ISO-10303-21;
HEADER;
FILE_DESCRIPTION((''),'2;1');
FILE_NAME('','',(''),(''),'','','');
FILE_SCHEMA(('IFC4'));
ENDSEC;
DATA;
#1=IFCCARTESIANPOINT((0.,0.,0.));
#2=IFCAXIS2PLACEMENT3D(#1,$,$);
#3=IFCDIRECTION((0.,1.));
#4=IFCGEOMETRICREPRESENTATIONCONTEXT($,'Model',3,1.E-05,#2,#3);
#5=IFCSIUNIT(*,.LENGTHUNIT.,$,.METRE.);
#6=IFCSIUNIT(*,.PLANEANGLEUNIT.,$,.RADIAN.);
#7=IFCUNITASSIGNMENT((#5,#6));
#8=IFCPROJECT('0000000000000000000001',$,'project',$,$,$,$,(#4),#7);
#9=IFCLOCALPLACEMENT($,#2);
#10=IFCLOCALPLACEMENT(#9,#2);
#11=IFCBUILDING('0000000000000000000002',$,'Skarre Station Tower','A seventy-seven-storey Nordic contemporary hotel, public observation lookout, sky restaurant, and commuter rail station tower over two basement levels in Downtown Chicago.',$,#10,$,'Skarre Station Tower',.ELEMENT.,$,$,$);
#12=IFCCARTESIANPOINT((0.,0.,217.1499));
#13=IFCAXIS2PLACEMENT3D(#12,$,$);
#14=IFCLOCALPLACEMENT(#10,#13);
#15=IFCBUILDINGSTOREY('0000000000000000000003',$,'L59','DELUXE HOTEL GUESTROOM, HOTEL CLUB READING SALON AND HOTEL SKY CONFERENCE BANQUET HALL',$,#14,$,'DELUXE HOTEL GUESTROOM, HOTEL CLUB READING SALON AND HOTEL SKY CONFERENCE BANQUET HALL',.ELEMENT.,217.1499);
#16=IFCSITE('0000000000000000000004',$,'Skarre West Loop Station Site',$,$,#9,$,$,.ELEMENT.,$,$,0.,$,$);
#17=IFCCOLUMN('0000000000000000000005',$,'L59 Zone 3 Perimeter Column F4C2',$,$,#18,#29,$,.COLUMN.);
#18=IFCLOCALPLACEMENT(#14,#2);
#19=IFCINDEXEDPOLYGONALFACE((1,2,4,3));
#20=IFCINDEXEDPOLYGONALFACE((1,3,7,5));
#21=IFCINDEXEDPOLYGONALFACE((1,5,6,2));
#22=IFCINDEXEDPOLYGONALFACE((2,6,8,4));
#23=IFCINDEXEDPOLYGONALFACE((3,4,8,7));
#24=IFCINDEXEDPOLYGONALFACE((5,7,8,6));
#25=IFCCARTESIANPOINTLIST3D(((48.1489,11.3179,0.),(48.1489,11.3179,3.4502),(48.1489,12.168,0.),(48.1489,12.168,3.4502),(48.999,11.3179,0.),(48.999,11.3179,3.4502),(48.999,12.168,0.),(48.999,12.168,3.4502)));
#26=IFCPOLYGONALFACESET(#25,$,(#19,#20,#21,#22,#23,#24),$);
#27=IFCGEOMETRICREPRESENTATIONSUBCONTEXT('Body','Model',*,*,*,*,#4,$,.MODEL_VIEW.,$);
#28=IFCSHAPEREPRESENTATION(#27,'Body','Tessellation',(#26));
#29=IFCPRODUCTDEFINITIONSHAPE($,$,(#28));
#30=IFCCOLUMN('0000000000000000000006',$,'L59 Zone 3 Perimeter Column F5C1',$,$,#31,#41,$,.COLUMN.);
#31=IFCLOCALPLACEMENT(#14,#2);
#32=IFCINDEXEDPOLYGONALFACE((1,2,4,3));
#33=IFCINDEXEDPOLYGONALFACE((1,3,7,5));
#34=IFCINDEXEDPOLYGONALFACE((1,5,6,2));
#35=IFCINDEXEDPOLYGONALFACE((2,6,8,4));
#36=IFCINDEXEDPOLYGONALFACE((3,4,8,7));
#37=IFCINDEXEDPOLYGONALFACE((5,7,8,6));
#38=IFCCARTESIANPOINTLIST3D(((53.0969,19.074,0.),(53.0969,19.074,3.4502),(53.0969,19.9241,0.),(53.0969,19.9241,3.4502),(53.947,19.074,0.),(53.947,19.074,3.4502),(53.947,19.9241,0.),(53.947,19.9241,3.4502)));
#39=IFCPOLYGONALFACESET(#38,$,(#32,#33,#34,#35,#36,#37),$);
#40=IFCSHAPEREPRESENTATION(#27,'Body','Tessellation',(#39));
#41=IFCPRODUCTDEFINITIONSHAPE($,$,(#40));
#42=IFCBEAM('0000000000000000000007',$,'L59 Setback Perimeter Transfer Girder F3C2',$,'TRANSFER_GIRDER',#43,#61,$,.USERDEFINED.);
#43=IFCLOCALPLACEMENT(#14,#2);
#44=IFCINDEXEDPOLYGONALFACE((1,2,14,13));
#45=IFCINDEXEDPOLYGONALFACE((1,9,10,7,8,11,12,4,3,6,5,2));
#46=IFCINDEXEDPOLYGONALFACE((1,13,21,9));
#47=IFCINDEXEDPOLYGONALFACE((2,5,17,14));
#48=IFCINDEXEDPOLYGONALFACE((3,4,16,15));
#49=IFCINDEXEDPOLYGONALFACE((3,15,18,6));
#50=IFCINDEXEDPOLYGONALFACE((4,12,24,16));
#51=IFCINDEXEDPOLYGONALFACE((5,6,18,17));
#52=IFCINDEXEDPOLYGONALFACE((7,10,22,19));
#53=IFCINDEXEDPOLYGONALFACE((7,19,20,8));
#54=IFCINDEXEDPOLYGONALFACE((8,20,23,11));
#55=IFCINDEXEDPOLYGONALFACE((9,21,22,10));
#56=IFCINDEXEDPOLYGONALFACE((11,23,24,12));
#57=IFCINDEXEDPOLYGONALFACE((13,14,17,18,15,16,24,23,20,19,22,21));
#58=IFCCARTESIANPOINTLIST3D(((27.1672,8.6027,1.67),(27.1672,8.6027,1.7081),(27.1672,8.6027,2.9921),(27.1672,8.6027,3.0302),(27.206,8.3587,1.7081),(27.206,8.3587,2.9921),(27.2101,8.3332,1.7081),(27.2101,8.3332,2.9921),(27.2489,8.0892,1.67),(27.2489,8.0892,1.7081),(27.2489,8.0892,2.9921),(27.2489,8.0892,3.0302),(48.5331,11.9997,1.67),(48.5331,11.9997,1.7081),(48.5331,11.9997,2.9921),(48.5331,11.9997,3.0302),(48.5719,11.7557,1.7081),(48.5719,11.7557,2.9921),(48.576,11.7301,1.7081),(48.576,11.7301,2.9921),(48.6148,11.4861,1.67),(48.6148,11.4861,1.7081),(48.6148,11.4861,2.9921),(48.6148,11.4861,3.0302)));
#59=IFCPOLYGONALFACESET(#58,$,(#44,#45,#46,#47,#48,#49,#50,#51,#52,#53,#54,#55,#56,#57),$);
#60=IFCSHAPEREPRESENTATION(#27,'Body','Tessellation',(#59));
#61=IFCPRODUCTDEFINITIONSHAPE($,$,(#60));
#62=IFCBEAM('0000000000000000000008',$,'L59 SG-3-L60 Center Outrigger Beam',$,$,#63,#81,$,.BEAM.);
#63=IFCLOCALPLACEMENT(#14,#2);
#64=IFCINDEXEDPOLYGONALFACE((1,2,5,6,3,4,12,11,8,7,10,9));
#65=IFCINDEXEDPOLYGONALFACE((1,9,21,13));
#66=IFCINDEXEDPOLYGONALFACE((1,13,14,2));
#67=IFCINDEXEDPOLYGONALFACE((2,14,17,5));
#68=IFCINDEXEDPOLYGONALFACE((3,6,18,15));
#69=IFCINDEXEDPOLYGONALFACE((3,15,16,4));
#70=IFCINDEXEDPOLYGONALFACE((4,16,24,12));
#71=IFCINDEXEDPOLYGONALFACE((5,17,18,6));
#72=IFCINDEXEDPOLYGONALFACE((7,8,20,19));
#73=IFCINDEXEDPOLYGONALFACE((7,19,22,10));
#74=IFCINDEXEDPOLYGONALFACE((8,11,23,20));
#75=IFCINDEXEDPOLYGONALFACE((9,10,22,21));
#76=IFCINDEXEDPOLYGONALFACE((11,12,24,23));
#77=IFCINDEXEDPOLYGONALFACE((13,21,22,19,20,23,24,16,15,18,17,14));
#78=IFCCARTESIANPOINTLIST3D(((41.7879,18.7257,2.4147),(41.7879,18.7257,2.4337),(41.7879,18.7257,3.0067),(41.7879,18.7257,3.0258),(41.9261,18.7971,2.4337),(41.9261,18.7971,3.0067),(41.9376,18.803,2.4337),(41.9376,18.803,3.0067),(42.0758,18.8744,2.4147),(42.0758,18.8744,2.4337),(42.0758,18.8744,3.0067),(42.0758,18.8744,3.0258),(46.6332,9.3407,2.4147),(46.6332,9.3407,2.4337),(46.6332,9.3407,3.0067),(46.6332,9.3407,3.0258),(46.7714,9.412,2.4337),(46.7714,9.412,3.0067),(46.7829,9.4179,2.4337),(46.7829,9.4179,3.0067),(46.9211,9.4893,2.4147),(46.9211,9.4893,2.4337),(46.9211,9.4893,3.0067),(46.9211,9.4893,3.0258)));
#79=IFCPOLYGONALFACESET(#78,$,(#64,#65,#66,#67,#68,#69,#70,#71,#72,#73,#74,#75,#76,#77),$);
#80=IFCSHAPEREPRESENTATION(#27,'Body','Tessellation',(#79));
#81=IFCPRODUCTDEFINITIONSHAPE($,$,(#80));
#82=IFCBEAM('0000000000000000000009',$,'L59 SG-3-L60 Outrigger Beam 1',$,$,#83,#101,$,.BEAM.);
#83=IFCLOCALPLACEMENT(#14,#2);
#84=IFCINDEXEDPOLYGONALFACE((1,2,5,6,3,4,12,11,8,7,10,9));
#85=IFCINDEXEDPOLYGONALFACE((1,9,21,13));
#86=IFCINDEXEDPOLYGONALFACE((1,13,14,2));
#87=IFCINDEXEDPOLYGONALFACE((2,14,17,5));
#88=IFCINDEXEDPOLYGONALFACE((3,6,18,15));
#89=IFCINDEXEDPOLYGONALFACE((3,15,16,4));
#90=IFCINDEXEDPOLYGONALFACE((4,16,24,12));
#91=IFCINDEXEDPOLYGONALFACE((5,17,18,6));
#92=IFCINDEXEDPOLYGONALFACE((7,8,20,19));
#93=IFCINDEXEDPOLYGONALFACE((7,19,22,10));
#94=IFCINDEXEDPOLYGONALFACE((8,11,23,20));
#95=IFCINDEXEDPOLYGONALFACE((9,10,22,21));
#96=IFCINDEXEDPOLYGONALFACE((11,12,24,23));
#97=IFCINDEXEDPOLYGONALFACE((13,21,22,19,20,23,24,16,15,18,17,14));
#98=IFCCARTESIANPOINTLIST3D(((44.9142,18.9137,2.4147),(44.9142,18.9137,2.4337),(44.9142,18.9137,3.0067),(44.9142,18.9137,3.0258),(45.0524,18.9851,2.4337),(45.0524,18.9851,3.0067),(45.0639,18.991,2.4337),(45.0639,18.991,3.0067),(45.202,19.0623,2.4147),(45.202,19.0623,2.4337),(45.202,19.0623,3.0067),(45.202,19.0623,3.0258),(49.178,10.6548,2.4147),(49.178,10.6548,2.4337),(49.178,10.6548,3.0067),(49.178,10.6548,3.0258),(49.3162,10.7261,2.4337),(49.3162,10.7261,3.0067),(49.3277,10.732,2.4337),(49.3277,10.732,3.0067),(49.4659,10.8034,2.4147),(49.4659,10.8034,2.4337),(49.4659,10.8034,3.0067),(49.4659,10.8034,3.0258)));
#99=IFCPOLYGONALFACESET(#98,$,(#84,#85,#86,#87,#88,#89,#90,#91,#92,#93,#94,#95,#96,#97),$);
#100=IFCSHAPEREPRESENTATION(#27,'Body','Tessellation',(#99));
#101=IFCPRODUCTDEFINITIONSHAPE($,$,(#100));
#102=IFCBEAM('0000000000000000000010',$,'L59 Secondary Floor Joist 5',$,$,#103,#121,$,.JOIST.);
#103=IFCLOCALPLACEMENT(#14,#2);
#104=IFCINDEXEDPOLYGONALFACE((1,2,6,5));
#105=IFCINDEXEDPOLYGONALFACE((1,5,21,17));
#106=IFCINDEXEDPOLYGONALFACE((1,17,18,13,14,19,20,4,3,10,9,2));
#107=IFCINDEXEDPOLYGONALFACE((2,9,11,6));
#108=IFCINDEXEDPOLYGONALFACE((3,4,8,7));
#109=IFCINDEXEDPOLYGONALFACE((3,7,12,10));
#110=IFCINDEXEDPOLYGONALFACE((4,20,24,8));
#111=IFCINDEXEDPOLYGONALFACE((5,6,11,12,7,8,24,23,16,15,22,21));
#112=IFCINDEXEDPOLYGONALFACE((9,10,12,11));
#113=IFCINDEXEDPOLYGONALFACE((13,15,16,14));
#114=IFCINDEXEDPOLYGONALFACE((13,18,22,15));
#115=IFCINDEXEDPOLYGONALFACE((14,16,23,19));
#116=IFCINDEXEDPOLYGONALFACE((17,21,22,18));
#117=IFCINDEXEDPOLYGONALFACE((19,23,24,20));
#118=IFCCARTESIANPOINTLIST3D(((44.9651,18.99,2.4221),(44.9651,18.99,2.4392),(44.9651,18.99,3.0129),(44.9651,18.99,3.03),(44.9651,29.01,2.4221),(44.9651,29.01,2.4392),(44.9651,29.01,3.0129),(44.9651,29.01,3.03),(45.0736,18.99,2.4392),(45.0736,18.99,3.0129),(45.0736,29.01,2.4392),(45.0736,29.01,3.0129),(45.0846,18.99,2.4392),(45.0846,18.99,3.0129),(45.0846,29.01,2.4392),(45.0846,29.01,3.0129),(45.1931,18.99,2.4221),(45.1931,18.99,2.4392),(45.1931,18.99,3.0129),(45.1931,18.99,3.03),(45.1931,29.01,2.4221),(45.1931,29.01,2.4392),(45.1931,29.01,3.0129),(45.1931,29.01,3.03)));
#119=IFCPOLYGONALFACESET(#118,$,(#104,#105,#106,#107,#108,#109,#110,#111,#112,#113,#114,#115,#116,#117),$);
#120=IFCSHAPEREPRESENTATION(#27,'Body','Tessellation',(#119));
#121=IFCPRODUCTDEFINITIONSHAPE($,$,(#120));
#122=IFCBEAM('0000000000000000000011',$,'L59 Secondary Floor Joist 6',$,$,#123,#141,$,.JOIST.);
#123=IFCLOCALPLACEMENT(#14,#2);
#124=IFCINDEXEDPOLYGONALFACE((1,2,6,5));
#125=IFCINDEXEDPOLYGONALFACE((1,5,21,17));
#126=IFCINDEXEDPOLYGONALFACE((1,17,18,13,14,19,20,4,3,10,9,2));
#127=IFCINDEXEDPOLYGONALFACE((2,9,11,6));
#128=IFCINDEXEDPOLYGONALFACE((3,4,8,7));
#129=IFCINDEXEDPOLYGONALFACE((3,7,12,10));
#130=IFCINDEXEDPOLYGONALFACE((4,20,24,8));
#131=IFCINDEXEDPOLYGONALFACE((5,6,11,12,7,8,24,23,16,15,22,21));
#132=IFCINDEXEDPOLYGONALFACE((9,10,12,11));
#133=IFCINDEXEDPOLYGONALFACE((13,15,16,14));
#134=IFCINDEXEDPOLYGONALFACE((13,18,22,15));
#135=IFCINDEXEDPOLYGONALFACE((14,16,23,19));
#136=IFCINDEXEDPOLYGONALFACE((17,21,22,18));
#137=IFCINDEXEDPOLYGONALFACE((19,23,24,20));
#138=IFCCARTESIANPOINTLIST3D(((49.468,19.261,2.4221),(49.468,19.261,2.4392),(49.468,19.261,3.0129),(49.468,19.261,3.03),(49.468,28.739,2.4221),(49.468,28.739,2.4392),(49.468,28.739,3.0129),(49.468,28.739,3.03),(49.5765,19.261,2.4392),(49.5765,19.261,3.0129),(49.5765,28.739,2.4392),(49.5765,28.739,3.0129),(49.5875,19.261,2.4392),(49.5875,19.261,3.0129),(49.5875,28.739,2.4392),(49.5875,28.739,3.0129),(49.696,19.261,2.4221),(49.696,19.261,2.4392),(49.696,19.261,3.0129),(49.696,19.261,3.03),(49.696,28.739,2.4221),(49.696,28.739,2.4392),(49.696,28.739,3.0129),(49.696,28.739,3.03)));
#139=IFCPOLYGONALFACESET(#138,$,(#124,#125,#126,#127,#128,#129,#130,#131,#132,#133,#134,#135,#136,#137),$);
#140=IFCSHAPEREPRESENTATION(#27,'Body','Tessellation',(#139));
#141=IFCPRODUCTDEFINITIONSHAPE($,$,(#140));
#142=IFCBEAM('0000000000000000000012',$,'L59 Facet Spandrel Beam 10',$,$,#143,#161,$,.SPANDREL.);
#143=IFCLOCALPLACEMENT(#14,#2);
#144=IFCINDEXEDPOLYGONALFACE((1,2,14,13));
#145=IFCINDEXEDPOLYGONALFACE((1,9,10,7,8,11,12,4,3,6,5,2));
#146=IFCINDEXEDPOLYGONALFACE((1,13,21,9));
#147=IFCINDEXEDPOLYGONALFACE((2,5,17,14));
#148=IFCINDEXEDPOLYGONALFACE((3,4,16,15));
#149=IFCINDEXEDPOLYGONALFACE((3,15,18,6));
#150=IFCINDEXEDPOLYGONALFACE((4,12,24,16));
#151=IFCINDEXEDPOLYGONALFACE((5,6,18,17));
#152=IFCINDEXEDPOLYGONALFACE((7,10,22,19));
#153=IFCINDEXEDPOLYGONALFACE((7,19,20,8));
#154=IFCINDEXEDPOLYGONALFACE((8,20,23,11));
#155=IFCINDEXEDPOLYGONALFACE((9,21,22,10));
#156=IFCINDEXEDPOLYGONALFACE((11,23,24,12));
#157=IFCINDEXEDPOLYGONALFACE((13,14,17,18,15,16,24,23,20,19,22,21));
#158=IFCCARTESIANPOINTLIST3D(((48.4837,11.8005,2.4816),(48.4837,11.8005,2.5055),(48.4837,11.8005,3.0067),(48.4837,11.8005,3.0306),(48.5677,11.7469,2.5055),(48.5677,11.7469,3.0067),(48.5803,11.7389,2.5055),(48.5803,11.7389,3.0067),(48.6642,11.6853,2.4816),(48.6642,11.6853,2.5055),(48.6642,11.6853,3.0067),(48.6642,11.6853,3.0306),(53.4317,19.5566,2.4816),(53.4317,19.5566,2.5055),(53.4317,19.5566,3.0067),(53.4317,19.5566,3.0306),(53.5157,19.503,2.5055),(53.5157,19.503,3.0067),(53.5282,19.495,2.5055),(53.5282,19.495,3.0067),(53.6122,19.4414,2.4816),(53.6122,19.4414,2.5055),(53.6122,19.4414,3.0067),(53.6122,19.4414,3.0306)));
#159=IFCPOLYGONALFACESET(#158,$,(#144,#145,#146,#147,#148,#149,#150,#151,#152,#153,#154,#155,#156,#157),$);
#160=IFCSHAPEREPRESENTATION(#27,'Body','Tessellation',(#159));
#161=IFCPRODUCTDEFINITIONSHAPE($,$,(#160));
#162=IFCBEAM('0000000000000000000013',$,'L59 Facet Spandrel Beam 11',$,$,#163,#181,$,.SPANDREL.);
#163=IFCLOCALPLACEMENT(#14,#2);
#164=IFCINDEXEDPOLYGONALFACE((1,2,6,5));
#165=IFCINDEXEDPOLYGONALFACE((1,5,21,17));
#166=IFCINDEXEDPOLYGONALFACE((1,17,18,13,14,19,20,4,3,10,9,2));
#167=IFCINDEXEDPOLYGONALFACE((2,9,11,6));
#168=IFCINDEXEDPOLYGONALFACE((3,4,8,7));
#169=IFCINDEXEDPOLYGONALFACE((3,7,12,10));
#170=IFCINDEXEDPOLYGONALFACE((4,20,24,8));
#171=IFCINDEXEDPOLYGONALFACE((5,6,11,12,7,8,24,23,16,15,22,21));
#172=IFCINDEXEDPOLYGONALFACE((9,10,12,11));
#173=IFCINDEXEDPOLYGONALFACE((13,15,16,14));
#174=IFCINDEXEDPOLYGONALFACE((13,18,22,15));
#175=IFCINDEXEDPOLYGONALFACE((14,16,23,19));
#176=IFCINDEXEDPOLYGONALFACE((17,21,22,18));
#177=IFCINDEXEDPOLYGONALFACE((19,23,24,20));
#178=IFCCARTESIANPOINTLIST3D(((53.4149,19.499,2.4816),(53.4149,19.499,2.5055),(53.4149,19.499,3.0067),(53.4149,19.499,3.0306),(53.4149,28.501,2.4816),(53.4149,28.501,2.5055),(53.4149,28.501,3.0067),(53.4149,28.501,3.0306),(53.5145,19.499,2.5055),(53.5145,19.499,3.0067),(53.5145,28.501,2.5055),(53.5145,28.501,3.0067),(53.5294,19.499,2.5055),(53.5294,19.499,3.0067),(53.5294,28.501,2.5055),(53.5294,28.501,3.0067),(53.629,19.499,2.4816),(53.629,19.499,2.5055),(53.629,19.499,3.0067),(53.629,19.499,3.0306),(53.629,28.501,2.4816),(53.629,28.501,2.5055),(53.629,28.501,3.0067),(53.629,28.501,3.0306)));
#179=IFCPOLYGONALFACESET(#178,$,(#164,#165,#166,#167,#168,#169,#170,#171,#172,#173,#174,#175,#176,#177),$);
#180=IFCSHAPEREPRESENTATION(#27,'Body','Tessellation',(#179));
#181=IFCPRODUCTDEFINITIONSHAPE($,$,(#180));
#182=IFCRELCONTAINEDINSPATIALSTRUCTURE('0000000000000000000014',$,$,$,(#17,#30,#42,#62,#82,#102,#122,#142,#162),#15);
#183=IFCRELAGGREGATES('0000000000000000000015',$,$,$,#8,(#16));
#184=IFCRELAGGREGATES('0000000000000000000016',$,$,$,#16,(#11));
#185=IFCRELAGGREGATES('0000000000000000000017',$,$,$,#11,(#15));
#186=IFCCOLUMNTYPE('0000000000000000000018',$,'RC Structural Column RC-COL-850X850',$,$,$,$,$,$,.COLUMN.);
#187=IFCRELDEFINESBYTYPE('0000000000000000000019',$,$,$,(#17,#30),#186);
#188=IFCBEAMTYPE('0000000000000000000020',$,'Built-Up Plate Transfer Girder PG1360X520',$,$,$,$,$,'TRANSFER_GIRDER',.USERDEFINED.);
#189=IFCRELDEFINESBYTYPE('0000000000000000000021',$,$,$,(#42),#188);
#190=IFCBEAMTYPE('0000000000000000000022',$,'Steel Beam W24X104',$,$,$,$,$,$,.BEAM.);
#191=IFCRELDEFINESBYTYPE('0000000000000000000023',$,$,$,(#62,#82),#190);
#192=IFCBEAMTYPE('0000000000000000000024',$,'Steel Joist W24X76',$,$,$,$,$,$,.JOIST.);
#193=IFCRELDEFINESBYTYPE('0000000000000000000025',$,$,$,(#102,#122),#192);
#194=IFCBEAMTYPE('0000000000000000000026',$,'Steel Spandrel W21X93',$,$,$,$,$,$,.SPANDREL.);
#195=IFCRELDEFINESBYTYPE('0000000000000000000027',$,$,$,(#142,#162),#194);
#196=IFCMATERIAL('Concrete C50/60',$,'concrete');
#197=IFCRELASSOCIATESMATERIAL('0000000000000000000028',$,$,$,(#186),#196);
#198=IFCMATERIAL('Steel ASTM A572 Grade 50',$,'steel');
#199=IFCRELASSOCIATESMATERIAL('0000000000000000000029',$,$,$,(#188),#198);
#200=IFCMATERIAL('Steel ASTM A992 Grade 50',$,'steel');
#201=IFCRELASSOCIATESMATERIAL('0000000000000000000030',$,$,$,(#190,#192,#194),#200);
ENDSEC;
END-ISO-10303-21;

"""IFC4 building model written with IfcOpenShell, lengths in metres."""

from ifc_helpers import new_model, si_unit, direction, frame, origin, origin_2d, place, context, subcontext, project, spatial, rectangle, i_section, extrude, material, material_profile, profile_set, type_object, element, save


model = new_model("IFC4")

# Units and contexts
model_context = context("Model", 3, precision=1e-05, world=origin(), true_north=direction((0.0, 1.0)))
body_context = subcontext(model_context, "Body", "Model", "MODEL_VIEW")
ifc_project = project(units=[si_unit("LENGTHUNIT", "METRE"), si_unit("PLANEANGLEUNIT", "RADIAN")], contexts=[model_context])

# Site, building, storey
site_placement = place(None, origin())
site = spatial("IfcSite", under=ifc_project, at=site_placement, Name="Skarre West Loop Station Site", CompositionType="ELEMENT", RefElevation=0.0)
building_placement = place(site_placement, origin())
building = spatial("IfcBuilding", under=site, at=building_placement, Name="Skarre Station Tower", Description="A seventy-seven-storey Nordic contemporary hotel, public observation lookout, sky restaurant, and commuter rail station tower over two basement levels in Downtown Chicago.", LongName="Skarre Station Tower", CompositionType="ELEMENT")
storey_placement = place(building_placement, frame((0.0, 0.0, 217.1499)))
storey = spatial("IfcBuildingStorey", under=building, at=storey_placement, Name="L59", Description="DELUXE HOTEL GUESTROOM, HOTEL CLUB READING SALON AND HOTEL SKY CONFERENCE BANQUET HALL", LongName="DELUXE HOTEL GUESTROOM, HOTEL CLUB READING SALON AND HOTEL SKY CONFERENCE BANQUET HALL", CompositionType="ELEMENT", Elevation=217.1499)

# Columns
ifc_material_1 = material(Name="Concrete C50/60", Category="concrete")
ifc_material_profile_1 = material_profile(ifc_material_1, rectangle(XDim=0.8501, YDim=0.8501, at=origin_2d()), Name="Concrete C50/60")
ifc_profile_set_1 = profile_set([ifc_material_profile_1], Name="Concrete C50/60")
column_type = type_object("IfcColumnType", Name="RC Structural Column RC-COL-850X850", PredefinedType="COLUMN", material=ifc_profile_set_1)
for number, where, z_axis, x_axis, name in (
    (1, (48.574, 11.7429, 0.0), (0.0, 0.0, 1.0), (1.0, 0.0, 0.0), "L59 Zone 3 Perimeter Column F4C2"),
    (2, (53.522, 19.499, 0.0), (0.0, 0.0, 1.0), (1.0, 0.0, 0.0), "L59 Zone 3 Perimeter Column F5C1"),
):
    element("IfcColumn", number, at=place(storey_placement, frame(where, z_axis=z_axis, x_axis=x_axis)), inside=storey, type_object=column_type, Name=name, PredefinedType="COLUMN", context=body_context, shape_type="SweptSolid", body=[
        extrude(rectangle(XDim=0.8501, YDim=0.8501, at=origin_2d()), origin(), (0.0, 0.0, 1.0), 3.4502),
    ])

# Beams
ifc_material_2 = material(Name="Steel ASTM A572 Grade 50", Category="steel")
ifc_material_profile_2 = material_profile(ifc_material_2, i_section(OverallWidth=0.52, OverallDepth=1.3601, WebThickness=0.0259, FlangeThickness=0.0381, at=origin_2d()), Name="Steel ASTM A572 Grade 50")
ifc_profile_set_2 = profile_set([ifc_material_profile_2], Name="Steel ASTM A572 Grade 50")
beam_type_1 = type_object("IfcBeamType", Name="Built-Up Plate Transfer Girder PG1360X520", ElementType="TRANSFER_GIRDER", PredefinedType="USERDEFINED", material=ifc_profile_set_2)
beam_1_placement = place(storey_placement, frame((48.574, 11.7429, 2.3501), z_axis=(-0.987596, -0.157018, 0.0), x_axis=(0.157018, -0.987596, 0.0)))
element("IfcBeam", 3, at=beam_1_placement, inside=storey, type_object=beam_type_1, Name="L59 Setback Perimeter Transfer Girder F3C2", ObjectType="TRANSFER_GIRDER", PredefinedType="USERDEFINED", context=body_context, shape_type="SweptSolid", body=[
    extrude(i_section(OverallWidth=0.52, OverallDepth=1.3601, WebThickness=0.0259, FlangeThickness=0.0381, at=origin_2d()), origin(), (0.0, 0.0, 1.0), 21.6343),
])
ifc_material_3 = material(Name="Steel ASTM A992 Grade 50", Category="steel")
ifc_material_profile_3 = material_profile(ifc_material_3, i_section(OverallWidth=0.324, OverallDepth=0.6111, WebThickness=0.0129, FlangeThickness=0.019, at=origin_2d()), Name="Steel ASTM A992 Grade 50")
ifc_profile_set_3 = profile_set([ifc_material_profile_3], Name="Steel ASTM A992 Grade 50")
beam_type_2 = type_object("IfcBeamType", Name="Steel Beam W24X104", PredefinedType="BEAM", material=ifc_profile_set_3)
beam_2_placement = place(storey_placement, frame((41.9319, 18.8, 2.7202), z_axis=(0.458743, -0.888569, 0.0), x_axis=(0.888569, 0.458743, 0.0)))
element("IfcBeam", 4, at=beam_2_placement, inside=storey, type_object=beam_type_2, Name="L59 SG-3-L60 Center Outrigger Beam", PredefinedType="BEAM", context=body_context, shape_type="SweptSolid", body=[
    extrude(i_section(OverallWidth=0.324, OverallDepth=0.6111, WebThickness=0.0129, FlangeThickness=0.019, at=origin_2d()), origin(), (0.0, 0.0, 1.0), 10.562),
])
beam_3_placement = place(storey_placement, frame((45.0581, 18.988, 2.7202), z_axis=(0.458744, -0.888569, 0.0), x_axis=(0.888569, 0.458744, 0.0)))
element("IfcBeam", 5, at=beam_3_placement, inside=storey, type_object=beam_type_2, Name="L59 SG-3-L60 Outrigger Beam 1", PredefinedType="BEAM", context=body_context, shape_type="SweptSolid", body=[
    extrude(i_section(OverallWidth=0.324, OverallDepth=0.6111, WebThickness=0.0129, FlangeThickness=0.019, at=origin_2d()), origin(), (0.0, 0.0, 1.0), 9.2947),
])
ifc_material_profile_4 = material_profile(ifc_material_3, i_section(OverallWidth=0.228, OverallDepth=0.6079, WebThickness=0.011, FlangeThickness=0.0171, at=origin_2d()), Name="Steel ASTM A992 Grade 50")
ifc_profile_set_4 = profile_set([ifc_material_profile_4], Name="Steel ASTM A992 Grade 50")
beam_type_3 = type_object("IfcBeamType", Name="Steel Joist W24X76", PredefinedType="JOIST", material=ifc_profile_set_4)
beam_4_placement = place(storey_placement, frame((45.0791, 18.99, 2.7261), z_axis=(0.0, 1.0, 0.0), x_axis=(-1.0, 0.0, 0.0)))
element("IfcBeam", 6, at=beam_4_placement, inside=storey, type_object=beam_type_3, Name="L59 Secondary Floor Joist 5", PredefinedType="JOIST", context=body_context, shape_type="SweptSolid", body=[
    extrude(i_section(OverallWidth=0.228, OverallDepth=0.6079, WebThickness=0.011, FlangeThickness=0.0171, at=origin_2d()), origin(), (0.0, 0.0, 1.0), 10.02),
])
beam_5_placement = place(storey_placement, frame((49.582, 19.261, 2.7261), z_axis=(0.0, 1.0, 0.0), x_axis=(-1.0, 0.0, 0.0)))
element("IfcBeam", 7, at=beam_5_placement, inside=storey, type_object=beam_type_3, Name="L59 Secondary Floor Joist 6", PredefinedType="JOIST", context=body_context, shape_type="SweptSolid", body=[
    extrude(i_section(OverallWidth=0.228, OverallDepth=0.6079, WebThickness=0.011, FlangeThickness=0.0171, at=origin_2d()), origin(), (0.0, 0.0, 1.0), 9.478),
])
ifc_material_profile_5 = material_profile(ifc_material_3, i_section(OverallWidth=0.2141, OverallDepth=0.5491, WebThickness=0.0149, FlangeThickness=0.0239, at=origin_2d()), Name="Steel ASTM A992 Grade 50")
ifc_profile_set_5 = profile_set([ifc_material_profile_5], Name="Steel ASTM A992 Grade 50")
beam_type_4 = type_object("IfcBeamType", Name="Steel Spandrel W21X93", PredefinedType="SPANDREL", material=ifc_profile_set_5)
beam_6_placement = place(storey_placement, frame((48.574, 11.7429, 2.7561), z_axis=(0.537826, 0.843056, 0.0), x_axis=(-0.843056, 0.537826, 0.0)))
element("IfcBeam", 8, at=beam_6_placement, inside=storey, type_object=beam_type_4, Name="L59 Facet Spandrel Beam 10", PredefinedType="SPANDREL", context=body_context, shape_type="SweptSolid", body=[
    extrude(i_section(OverallWidth=0.2141, OverallDepth=0.5491, WebThickness=0.0149, FlangeThickness=0.0239, at=origin_2d()), origin(), (0.0, 0.0, 1.0), 9.2),
])
beam_7_placement = place(storey_placement, frame((53.522, 19.499, 2.7561), z_axis=(0.0, 1.0, 0.0), x_axis=(-1.0, 0.0, 0.0)))
element("IfcBeam", 9, at=beam_7_placement, inside=storey, type_object=beam_type_4, Name="L59 Facet Spandrel Beam 11", PredefinedType="SPANDREL", context=body_context, shape_type="SweptSolid", body=[
    extrude(i_section(OverallWidth=0.2141, OverallDepth=0.5491, WebThickness=0.0149, FlangeThickness=0.0239, at=origin_2d()), origin(), (0.0, 0.0, 1.0), 9.002),
])

save(model, "model.ifc")
